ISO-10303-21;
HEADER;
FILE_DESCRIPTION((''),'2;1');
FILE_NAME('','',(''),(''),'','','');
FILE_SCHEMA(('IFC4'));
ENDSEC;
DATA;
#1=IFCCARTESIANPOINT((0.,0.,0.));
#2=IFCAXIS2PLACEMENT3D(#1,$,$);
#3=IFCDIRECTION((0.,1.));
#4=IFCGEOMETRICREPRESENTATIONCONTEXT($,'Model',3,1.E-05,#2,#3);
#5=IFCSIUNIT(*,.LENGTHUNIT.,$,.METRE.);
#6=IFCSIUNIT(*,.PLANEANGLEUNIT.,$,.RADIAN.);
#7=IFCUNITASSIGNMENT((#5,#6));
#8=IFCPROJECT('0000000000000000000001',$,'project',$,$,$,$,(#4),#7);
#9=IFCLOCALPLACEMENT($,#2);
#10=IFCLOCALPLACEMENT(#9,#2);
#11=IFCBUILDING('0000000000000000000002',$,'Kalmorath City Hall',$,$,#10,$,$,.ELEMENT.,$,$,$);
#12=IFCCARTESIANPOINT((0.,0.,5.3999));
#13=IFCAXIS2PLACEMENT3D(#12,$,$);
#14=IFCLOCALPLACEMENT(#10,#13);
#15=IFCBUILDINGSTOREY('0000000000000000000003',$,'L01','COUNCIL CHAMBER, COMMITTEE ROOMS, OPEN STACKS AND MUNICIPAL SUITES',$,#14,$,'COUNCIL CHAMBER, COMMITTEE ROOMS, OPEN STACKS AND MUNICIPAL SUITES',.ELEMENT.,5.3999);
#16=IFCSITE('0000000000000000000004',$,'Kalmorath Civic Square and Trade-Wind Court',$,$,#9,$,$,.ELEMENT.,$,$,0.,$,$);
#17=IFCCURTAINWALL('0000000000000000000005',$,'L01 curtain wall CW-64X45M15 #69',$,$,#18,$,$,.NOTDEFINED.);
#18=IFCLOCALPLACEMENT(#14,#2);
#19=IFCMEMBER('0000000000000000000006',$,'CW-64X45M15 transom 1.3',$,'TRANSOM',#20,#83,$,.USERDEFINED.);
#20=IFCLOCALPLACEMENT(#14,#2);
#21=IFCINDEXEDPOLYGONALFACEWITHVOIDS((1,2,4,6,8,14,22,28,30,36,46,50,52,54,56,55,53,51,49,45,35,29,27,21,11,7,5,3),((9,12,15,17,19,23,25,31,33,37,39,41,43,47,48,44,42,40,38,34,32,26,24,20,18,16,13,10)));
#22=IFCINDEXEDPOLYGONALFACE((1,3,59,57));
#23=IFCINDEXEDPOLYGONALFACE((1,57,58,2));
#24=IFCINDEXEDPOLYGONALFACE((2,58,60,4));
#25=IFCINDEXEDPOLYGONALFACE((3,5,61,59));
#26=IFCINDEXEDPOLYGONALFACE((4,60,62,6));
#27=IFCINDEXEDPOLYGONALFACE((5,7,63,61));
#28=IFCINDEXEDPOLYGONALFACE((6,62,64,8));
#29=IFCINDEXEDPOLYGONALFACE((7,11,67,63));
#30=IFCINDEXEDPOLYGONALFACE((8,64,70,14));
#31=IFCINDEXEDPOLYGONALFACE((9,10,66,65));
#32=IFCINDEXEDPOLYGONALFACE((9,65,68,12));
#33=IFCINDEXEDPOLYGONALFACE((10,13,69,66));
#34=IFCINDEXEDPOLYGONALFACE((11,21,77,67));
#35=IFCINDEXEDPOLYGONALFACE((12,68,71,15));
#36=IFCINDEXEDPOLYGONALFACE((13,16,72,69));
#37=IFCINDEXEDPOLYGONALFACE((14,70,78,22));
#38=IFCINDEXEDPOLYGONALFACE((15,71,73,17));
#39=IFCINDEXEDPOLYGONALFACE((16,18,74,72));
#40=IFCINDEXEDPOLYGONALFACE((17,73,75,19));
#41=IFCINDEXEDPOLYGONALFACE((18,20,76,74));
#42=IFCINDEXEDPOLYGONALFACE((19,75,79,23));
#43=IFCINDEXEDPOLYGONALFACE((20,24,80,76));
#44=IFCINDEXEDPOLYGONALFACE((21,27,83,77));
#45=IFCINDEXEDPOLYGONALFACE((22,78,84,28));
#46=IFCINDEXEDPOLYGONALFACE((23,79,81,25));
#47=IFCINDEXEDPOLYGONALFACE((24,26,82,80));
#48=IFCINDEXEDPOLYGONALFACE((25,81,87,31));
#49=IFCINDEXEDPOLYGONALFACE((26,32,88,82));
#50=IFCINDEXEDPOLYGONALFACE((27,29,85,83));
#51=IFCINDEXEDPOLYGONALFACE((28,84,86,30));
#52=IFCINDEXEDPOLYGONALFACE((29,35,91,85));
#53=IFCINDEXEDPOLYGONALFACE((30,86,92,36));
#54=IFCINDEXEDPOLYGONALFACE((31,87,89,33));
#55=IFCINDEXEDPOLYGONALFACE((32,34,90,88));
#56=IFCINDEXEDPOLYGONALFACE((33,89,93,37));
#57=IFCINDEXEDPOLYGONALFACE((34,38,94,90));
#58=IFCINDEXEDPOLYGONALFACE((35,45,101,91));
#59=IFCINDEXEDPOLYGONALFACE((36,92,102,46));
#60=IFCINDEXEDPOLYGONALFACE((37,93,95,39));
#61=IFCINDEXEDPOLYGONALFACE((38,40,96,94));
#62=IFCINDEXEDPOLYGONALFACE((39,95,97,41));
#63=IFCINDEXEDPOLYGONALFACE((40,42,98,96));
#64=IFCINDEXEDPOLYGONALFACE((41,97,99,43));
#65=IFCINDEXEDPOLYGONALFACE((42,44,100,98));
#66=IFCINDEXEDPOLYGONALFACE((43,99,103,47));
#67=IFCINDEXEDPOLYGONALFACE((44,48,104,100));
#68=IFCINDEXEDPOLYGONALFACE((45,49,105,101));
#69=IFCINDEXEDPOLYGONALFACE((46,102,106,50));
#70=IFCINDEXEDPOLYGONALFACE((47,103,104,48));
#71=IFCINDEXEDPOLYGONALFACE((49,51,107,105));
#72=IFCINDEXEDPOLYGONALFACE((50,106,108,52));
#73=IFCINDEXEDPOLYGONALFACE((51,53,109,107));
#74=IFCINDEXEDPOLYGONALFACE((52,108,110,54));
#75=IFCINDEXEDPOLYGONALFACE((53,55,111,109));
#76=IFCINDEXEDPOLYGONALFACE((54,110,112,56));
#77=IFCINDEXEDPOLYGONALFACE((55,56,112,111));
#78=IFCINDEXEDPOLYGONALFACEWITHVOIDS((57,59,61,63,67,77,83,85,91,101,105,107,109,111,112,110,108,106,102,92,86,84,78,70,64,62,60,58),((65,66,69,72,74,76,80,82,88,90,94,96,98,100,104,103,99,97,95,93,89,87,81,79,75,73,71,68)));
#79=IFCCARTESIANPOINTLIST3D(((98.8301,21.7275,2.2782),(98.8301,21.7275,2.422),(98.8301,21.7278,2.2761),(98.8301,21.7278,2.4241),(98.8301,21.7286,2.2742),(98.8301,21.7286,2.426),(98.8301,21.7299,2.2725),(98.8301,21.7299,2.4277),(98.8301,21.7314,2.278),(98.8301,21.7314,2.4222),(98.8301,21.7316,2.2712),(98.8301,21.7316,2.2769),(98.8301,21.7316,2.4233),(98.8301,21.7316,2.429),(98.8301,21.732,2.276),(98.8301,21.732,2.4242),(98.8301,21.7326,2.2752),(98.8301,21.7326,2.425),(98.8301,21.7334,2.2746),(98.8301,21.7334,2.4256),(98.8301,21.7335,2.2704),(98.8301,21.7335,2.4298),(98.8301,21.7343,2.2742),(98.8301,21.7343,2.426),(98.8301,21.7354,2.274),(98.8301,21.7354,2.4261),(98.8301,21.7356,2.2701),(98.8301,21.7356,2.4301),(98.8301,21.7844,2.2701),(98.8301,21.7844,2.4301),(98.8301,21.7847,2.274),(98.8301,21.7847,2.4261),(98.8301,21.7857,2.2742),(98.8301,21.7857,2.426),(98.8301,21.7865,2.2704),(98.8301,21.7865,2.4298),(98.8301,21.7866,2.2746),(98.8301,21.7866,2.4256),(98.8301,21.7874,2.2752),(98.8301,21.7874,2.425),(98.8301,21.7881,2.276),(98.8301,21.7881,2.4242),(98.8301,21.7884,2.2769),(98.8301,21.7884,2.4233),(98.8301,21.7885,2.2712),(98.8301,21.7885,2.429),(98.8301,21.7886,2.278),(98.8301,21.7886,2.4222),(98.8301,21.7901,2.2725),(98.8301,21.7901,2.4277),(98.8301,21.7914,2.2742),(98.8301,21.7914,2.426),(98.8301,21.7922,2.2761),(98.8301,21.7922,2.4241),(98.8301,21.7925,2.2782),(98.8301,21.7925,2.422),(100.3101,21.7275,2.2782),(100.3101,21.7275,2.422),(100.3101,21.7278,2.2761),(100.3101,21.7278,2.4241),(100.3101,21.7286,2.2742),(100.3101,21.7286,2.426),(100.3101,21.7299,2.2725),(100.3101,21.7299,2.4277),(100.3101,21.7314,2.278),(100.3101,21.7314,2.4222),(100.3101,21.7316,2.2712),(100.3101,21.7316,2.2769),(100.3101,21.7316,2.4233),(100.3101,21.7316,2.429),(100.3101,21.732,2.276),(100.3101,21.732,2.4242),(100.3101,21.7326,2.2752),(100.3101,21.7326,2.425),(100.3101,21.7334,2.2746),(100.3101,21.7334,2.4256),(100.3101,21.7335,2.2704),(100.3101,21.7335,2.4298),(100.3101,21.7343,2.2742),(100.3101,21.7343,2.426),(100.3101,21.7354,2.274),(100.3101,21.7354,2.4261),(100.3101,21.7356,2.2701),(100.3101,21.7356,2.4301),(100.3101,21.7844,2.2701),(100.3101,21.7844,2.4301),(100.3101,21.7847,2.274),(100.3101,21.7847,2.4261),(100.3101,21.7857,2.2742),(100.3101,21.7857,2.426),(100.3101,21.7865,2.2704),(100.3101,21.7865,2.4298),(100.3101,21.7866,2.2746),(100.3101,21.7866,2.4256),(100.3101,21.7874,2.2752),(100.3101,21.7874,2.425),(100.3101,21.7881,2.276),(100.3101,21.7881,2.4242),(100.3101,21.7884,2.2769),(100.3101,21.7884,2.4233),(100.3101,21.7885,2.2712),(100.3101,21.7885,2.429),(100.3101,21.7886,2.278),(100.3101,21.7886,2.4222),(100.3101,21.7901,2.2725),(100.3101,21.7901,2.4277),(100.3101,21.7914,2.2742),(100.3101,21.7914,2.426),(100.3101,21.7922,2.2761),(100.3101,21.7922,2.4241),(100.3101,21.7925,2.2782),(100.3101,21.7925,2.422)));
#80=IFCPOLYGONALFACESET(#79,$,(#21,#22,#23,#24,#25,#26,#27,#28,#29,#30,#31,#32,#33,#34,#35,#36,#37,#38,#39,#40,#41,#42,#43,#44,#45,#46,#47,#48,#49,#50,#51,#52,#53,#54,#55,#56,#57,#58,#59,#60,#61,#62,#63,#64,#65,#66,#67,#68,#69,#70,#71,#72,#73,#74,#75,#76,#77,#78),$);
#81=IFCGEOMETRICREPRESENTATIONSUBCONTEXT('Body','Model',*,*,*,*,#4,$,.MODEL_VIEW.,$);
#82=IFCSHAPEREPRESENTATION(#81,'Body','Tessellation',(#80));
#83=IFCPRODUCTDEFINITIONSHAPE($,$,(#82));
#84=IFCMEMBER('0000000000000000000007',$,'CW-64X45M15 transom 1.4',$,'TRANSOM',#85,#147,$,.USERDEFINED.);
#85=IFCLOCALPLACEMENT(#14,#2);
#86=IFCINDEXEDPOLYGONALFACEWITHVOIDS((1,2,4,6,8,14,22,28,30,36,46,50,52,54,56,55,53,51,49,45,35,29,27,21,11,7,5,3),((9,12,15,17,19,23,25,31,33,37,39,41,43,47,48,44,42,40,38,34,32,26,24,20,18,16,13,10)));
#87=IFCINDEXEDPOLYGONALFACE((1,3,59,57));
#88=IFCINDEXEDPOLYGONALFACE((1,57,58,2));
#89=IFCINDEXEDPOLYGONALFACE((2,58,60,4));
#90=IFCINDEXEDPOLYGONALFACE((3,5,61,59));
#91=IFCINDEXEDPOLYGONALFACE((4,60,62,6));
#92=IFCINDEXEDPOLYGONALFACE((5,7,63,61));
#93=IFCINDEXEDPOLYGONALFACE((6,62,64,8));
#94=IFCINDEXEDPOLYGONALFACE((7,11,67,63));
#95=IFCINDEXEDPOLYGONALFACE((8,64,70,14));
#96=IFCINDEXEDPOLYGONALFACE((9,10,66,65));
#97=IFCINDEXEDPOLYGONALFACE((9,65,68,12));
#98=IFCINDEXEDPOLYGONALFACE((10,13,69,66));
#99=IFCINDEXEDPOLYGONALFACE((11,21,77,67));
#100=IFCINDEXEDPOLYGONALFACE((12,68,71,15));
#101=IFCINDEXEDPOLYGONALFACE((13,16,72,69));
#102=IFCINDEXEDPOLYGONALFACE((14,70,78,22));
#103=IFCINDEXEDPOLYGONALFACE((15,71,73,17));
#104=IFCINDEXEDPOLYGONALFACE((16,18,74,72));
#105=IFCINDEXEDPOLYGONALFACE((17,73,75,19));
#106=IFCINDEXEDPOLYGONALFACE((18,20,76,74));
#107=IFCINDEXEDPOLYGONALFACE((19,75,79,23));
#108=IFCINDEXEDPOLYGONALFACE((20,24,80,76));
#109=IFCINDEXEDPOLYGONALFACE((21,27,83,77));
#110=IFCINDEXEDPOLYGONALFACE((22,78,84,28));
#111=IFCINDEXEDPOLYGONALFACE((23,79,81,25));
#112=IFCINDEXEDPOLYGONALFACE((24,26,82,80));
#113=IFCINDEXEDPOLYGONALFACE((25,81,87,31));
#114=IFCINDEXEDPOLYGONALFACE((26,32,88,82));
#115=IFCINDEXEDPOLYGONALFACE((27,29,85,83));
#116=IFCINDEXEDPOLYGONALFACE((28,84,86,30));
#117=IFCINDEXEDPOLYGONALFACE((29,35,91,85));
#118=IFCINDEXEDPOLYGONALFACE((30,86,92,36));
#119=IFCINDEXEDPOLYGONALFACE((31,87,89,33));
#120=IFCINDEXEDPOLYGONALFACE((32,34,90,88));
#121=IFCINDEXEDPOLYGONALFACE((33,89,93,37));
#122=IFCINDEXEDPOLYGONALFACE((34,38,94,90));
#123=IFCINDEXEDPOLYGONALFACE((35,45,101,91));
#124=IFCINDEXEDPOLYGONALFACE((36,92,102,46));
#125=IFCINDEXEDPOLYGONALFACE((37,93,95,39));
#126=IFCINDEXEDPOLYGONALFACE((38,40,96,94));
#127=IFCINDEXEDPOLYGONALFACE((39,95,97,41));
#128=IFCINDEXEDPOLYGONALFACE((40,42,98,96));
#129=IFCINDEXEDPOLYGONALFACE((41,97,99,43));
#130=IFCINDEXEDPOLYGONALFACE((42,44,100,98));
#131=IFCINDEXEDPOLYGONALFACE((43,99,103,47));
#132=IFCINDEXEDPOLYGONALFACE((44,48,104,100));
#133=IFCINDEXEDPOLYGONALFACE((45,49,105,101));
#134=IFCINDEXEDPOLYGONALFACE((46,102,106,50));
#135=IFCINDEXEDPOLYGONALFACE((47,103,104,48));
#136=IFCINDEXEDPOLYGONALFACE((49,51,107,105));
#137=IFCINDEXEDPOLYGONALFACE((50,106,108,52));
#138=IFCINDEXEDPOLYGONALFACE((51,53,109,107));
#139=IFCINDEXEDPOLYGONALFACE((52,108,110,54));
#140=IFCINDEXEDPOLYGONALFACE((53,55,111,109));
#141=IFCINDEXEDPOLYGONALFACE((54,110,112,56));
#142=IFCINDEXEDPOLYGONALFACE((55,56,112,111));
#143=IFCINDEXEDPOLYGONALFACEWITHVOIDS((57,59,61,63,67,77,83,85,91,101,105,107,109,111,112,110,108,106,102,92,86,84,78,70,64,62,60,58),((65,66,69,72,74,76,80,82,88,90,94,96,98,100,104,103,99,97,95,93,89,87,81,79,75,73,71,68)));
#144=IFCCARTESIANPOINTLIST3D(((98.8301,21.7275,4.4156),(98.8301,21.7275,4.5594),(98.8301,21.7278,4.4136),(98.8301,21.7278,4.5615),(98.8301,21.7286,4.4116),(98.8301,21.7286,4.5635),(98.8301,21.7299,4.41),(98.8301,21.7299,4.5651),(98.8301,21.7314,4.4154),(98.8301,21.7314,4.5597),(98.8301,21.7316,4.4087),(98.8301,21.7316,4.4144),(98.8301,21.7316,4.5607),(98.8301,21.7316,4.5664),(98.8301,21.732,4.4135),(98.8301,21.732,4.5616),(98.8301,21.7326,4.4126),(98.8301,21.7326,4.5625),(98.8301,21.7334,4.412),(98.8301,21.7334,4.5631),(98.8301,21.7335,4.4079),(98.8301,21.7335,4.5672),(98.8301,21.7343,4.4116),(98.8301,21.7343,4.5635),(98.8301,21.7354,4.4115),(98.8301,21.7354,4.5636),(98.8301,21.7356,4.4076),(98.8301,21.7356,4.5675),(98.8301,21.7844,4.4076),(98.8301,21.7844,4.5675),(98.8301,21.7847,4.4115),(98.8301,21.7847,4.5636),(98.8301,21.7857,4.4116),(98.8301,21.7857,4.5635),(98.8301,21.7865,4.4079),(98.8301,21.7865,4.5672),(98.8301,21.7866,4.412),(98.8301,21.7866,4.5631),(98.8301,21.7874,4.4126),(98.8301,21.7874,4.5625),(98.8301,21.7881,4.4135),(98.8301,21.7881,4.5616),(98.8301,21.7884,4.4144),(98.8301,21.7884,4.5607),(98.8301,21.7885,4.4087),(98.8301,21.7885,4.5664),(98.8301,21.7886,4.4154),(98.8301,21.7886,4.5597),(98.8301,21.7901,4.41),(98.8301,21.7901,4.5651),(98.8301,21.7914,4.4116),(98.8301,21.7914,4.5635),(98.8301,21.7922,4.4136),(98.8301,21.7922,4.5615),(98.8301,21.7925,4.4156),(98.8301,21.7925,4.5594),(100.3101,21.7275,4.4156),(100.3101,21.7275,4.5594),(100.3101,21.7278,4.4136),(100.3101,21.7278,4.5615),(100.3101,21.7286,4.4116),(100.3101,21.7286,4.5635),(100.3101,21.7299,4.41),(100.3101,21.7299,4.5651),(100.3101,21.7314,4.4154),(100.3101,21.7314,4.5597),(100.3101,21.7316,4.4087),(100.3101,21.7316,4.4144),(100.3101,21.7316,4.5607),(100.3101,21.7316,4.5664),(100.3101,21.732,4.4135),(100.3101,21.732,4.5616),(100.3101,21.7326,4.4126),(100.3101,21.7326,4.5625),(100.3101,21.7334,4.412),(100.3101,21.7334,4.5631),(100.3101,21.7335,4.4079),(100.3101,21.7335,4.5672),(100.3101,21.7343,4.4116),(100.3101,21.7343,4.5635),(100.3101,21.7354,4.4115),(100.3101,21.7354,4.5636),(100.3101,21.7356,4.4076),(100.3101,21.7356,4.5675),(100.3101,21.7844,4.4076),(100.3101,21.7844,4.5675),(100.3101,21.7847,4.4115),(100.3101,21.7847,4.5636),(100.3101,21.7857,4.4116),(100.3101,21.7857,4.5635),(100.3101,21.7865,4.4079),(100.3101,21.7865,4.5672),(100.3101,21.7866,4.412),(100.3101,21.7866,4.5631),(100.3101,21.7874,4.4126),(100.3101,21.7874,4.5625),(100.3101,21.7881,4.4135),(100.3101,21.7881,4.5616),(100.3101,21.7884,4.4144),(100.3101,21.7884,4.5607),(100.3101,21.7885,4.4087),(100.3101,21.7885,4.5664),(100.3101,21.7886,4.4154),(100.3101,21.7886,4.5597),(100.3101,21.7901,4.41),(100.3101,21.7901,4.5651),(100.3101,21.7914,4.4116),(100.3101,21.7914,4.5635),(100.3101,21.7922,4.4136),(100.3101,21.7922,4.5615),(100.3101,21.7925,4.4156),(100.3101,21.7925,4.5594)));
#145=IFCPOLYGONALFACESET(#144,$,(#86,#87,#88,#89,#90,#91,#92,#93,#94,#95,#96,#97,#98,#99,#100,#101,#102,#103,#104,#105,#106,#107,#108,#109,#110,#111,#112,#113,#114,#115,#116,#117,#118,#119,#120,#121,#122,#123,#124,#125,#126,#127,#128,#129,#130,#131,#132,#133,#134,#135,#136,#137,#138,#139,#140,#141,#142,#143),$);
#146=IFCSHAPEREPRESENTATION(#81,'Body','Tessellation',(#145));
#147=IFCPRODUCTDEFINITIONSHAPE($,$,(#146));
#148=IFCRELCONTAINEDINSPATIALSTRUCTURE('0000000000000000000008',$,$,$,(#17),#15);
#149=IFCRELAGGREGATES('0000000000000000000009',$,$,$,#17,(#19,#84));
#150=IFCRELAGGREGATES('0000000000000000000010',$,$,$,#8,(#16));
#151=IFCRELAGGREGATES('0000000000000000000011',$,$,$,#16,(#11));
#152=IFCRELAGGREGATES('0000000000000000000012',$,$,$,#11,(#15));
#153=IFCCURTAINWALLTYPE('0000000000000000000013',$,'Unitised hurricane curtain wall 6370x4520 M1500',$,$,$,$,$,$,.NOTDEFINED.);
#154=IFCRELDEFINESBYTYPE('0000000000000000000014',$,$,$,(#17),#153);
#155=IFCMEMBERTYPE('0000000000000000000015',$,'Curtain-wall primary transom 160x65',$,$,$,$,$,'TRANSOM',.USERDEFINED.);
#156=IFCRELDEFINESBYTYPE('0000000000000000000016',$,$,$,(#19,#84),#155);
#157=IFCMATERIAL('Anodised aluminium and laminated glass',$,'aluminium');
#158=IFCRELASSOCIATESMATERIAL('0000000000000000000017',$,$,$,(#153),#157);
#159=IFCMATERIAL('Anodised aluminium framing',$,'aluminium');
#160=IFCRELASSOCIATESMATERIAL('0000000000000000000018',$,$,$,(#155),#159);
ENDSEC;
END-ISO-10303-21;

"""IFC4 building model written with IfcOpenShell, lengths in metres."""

from ifc_helpers import new_model, si_unit, direction, frame, origin, origin_2d, place, context, subcontext, project, spatial, hollow_rectangle, extrude, material, material_profile, profile_set, type_object, element, aggregate, save


model = new_model("IFC4")

# Units and contexts
model_context = context("Model", 3, precision=1e-05, world=origin(), true_north=direction((0.0, 1.0)))
body_context = subcontext(model_context, "Body", "Model", "MODEL_VIEW")
ifc_project = project(units=[si_unit("LENGTHUNIT", "METRE"), si_unit("PLANEANGLEUNIT", "RADIAN")], contexts=[model_context])

# Site, building, storey
site_placement = place(None, origin())
site = spatial("IfcSite", under=ifc_project, at=site_placement, Name="Kalmorath Civic Square and Trade-Wind Court", CompositionType="ELEMENT", RefElevation=0.0)
building_placement = place(site_placement, origin())
building = spatial("IfcBuilding", under=site, at=building_placement, Name="Kalmorath City Hall", CompositionType="ELEMENT")
storey_placement = place(building_placement, frame((0.0, 0.0, 5.3999)))
storey = spatial("IfcBuildingStorey", under=building, at=storey_placement, Name="L01", Description="COUNCIL CHAMBER, COMMITTEE ROOMS, OPEN STACKS AND MUNICIPAL SUITES", LongName="COUNCIL CHAMBER, COMMITTEE ROOMS, OPEN STACKS AND MUNICIPAL SUITES", CompositionType="ELEMENT", Elevation=5.3999)

# Curtain wall
ifc_material_1 = material(Name="Anodised aluminium and laminated glass", Category="aluminium")
curtain_wall_type_1 = type_object("IfcCurtainWallType", Name="Unitised hurricane curtain wall 6370x4520 M1500", PredefinedType="NOTDEFINED", material=ifc_material_1)
curtain_wall_1_placement = place(storey_placement, origin())
curtain_wall_1 = element("IfcCurtainWall", 1, at=curtain_wall_1_placement, inside=storey, type_object=curtain_wall_type_1, Name="L01 curtain wall CW-64X45M15 #69", PredefinedType="NOTDEFINED")

# Members
ifc_material_2 = material(Name="Anodised aluminium framing", Category="aluminium")
ifc_material_profile_1 = material_profile(ifc_material_2, hollow_rectangle(XDim=0.0649, YDim=0.1599, WallThickness=0.0039, InnerFilletRadius=0.0039, OuterFilletRadius=0.0081, at=origin_2d()), Name="ALU-TRN-160X65X4")
ifc_profile_set_1 = profile_set([ifc_material_profile_1], Name="Anodised aluminium framing")
member_type_1 = type_object("IfcMemberType", Name="Curtain-wall primary transom 160x65", ElementType="TRANSOM", PredefinedType="USERDEFINED", material=ifc_profile_set_1)
member_1_placement = place(storey_placement, frame((100.3101, 21.76, 2.3501), z_axis=(-1.0, 0.0, 0.0), x_axis=(0.0, -1.0, 0.0)))
member_1 = element("IfcMember", 2, at=member_1_placement, type_object=member_type_1, Name="CW-64X45M15 transom 1.3", ObjectType="TRANSOM", PredefinedType="USERDEFINED", context=body_context, shape_type="SweptSolid", body=[
    extrude(hollow_rectangle(XDim=0.0649, YDim=0.1599, WallThickness=0.0039, InnerFilletRadius=0.0039, OuterFilletRadius=0.0081, at=origin_2d()), origin(), (0.0, 0.0, 1.0), 1.48),
])
member_2_placement = place(storey_placement, frame((100.3101, 21.76, 4.4875), z_axis=(-1.0, 0.0, 0.0), x_axis=(0.0, -1.0, 0.0)))
member_2 = element("IfcMember", 3, at=member_2_placement, type_object=member_type_1, Name="CW-64X45M15 transom 1.4", ObjectType="TRANSOM", PredefinedType="USERDEFINED", context=body_context, shape_type="SweptSolid", body=[
    extrude(hollow_rectangle(XDim=0.0649, YDim=0.1599, WallThickness=0.0039, InnerFilletRadius=0.0039, OuterFilletRadius=0.0081, at=origin_2d()), origin(), (0.0, 0.0, 1.0), 1.48),
])

aggregate(curtain_wall_1, [member_1, member_2])

save(model, "model.ifc")
